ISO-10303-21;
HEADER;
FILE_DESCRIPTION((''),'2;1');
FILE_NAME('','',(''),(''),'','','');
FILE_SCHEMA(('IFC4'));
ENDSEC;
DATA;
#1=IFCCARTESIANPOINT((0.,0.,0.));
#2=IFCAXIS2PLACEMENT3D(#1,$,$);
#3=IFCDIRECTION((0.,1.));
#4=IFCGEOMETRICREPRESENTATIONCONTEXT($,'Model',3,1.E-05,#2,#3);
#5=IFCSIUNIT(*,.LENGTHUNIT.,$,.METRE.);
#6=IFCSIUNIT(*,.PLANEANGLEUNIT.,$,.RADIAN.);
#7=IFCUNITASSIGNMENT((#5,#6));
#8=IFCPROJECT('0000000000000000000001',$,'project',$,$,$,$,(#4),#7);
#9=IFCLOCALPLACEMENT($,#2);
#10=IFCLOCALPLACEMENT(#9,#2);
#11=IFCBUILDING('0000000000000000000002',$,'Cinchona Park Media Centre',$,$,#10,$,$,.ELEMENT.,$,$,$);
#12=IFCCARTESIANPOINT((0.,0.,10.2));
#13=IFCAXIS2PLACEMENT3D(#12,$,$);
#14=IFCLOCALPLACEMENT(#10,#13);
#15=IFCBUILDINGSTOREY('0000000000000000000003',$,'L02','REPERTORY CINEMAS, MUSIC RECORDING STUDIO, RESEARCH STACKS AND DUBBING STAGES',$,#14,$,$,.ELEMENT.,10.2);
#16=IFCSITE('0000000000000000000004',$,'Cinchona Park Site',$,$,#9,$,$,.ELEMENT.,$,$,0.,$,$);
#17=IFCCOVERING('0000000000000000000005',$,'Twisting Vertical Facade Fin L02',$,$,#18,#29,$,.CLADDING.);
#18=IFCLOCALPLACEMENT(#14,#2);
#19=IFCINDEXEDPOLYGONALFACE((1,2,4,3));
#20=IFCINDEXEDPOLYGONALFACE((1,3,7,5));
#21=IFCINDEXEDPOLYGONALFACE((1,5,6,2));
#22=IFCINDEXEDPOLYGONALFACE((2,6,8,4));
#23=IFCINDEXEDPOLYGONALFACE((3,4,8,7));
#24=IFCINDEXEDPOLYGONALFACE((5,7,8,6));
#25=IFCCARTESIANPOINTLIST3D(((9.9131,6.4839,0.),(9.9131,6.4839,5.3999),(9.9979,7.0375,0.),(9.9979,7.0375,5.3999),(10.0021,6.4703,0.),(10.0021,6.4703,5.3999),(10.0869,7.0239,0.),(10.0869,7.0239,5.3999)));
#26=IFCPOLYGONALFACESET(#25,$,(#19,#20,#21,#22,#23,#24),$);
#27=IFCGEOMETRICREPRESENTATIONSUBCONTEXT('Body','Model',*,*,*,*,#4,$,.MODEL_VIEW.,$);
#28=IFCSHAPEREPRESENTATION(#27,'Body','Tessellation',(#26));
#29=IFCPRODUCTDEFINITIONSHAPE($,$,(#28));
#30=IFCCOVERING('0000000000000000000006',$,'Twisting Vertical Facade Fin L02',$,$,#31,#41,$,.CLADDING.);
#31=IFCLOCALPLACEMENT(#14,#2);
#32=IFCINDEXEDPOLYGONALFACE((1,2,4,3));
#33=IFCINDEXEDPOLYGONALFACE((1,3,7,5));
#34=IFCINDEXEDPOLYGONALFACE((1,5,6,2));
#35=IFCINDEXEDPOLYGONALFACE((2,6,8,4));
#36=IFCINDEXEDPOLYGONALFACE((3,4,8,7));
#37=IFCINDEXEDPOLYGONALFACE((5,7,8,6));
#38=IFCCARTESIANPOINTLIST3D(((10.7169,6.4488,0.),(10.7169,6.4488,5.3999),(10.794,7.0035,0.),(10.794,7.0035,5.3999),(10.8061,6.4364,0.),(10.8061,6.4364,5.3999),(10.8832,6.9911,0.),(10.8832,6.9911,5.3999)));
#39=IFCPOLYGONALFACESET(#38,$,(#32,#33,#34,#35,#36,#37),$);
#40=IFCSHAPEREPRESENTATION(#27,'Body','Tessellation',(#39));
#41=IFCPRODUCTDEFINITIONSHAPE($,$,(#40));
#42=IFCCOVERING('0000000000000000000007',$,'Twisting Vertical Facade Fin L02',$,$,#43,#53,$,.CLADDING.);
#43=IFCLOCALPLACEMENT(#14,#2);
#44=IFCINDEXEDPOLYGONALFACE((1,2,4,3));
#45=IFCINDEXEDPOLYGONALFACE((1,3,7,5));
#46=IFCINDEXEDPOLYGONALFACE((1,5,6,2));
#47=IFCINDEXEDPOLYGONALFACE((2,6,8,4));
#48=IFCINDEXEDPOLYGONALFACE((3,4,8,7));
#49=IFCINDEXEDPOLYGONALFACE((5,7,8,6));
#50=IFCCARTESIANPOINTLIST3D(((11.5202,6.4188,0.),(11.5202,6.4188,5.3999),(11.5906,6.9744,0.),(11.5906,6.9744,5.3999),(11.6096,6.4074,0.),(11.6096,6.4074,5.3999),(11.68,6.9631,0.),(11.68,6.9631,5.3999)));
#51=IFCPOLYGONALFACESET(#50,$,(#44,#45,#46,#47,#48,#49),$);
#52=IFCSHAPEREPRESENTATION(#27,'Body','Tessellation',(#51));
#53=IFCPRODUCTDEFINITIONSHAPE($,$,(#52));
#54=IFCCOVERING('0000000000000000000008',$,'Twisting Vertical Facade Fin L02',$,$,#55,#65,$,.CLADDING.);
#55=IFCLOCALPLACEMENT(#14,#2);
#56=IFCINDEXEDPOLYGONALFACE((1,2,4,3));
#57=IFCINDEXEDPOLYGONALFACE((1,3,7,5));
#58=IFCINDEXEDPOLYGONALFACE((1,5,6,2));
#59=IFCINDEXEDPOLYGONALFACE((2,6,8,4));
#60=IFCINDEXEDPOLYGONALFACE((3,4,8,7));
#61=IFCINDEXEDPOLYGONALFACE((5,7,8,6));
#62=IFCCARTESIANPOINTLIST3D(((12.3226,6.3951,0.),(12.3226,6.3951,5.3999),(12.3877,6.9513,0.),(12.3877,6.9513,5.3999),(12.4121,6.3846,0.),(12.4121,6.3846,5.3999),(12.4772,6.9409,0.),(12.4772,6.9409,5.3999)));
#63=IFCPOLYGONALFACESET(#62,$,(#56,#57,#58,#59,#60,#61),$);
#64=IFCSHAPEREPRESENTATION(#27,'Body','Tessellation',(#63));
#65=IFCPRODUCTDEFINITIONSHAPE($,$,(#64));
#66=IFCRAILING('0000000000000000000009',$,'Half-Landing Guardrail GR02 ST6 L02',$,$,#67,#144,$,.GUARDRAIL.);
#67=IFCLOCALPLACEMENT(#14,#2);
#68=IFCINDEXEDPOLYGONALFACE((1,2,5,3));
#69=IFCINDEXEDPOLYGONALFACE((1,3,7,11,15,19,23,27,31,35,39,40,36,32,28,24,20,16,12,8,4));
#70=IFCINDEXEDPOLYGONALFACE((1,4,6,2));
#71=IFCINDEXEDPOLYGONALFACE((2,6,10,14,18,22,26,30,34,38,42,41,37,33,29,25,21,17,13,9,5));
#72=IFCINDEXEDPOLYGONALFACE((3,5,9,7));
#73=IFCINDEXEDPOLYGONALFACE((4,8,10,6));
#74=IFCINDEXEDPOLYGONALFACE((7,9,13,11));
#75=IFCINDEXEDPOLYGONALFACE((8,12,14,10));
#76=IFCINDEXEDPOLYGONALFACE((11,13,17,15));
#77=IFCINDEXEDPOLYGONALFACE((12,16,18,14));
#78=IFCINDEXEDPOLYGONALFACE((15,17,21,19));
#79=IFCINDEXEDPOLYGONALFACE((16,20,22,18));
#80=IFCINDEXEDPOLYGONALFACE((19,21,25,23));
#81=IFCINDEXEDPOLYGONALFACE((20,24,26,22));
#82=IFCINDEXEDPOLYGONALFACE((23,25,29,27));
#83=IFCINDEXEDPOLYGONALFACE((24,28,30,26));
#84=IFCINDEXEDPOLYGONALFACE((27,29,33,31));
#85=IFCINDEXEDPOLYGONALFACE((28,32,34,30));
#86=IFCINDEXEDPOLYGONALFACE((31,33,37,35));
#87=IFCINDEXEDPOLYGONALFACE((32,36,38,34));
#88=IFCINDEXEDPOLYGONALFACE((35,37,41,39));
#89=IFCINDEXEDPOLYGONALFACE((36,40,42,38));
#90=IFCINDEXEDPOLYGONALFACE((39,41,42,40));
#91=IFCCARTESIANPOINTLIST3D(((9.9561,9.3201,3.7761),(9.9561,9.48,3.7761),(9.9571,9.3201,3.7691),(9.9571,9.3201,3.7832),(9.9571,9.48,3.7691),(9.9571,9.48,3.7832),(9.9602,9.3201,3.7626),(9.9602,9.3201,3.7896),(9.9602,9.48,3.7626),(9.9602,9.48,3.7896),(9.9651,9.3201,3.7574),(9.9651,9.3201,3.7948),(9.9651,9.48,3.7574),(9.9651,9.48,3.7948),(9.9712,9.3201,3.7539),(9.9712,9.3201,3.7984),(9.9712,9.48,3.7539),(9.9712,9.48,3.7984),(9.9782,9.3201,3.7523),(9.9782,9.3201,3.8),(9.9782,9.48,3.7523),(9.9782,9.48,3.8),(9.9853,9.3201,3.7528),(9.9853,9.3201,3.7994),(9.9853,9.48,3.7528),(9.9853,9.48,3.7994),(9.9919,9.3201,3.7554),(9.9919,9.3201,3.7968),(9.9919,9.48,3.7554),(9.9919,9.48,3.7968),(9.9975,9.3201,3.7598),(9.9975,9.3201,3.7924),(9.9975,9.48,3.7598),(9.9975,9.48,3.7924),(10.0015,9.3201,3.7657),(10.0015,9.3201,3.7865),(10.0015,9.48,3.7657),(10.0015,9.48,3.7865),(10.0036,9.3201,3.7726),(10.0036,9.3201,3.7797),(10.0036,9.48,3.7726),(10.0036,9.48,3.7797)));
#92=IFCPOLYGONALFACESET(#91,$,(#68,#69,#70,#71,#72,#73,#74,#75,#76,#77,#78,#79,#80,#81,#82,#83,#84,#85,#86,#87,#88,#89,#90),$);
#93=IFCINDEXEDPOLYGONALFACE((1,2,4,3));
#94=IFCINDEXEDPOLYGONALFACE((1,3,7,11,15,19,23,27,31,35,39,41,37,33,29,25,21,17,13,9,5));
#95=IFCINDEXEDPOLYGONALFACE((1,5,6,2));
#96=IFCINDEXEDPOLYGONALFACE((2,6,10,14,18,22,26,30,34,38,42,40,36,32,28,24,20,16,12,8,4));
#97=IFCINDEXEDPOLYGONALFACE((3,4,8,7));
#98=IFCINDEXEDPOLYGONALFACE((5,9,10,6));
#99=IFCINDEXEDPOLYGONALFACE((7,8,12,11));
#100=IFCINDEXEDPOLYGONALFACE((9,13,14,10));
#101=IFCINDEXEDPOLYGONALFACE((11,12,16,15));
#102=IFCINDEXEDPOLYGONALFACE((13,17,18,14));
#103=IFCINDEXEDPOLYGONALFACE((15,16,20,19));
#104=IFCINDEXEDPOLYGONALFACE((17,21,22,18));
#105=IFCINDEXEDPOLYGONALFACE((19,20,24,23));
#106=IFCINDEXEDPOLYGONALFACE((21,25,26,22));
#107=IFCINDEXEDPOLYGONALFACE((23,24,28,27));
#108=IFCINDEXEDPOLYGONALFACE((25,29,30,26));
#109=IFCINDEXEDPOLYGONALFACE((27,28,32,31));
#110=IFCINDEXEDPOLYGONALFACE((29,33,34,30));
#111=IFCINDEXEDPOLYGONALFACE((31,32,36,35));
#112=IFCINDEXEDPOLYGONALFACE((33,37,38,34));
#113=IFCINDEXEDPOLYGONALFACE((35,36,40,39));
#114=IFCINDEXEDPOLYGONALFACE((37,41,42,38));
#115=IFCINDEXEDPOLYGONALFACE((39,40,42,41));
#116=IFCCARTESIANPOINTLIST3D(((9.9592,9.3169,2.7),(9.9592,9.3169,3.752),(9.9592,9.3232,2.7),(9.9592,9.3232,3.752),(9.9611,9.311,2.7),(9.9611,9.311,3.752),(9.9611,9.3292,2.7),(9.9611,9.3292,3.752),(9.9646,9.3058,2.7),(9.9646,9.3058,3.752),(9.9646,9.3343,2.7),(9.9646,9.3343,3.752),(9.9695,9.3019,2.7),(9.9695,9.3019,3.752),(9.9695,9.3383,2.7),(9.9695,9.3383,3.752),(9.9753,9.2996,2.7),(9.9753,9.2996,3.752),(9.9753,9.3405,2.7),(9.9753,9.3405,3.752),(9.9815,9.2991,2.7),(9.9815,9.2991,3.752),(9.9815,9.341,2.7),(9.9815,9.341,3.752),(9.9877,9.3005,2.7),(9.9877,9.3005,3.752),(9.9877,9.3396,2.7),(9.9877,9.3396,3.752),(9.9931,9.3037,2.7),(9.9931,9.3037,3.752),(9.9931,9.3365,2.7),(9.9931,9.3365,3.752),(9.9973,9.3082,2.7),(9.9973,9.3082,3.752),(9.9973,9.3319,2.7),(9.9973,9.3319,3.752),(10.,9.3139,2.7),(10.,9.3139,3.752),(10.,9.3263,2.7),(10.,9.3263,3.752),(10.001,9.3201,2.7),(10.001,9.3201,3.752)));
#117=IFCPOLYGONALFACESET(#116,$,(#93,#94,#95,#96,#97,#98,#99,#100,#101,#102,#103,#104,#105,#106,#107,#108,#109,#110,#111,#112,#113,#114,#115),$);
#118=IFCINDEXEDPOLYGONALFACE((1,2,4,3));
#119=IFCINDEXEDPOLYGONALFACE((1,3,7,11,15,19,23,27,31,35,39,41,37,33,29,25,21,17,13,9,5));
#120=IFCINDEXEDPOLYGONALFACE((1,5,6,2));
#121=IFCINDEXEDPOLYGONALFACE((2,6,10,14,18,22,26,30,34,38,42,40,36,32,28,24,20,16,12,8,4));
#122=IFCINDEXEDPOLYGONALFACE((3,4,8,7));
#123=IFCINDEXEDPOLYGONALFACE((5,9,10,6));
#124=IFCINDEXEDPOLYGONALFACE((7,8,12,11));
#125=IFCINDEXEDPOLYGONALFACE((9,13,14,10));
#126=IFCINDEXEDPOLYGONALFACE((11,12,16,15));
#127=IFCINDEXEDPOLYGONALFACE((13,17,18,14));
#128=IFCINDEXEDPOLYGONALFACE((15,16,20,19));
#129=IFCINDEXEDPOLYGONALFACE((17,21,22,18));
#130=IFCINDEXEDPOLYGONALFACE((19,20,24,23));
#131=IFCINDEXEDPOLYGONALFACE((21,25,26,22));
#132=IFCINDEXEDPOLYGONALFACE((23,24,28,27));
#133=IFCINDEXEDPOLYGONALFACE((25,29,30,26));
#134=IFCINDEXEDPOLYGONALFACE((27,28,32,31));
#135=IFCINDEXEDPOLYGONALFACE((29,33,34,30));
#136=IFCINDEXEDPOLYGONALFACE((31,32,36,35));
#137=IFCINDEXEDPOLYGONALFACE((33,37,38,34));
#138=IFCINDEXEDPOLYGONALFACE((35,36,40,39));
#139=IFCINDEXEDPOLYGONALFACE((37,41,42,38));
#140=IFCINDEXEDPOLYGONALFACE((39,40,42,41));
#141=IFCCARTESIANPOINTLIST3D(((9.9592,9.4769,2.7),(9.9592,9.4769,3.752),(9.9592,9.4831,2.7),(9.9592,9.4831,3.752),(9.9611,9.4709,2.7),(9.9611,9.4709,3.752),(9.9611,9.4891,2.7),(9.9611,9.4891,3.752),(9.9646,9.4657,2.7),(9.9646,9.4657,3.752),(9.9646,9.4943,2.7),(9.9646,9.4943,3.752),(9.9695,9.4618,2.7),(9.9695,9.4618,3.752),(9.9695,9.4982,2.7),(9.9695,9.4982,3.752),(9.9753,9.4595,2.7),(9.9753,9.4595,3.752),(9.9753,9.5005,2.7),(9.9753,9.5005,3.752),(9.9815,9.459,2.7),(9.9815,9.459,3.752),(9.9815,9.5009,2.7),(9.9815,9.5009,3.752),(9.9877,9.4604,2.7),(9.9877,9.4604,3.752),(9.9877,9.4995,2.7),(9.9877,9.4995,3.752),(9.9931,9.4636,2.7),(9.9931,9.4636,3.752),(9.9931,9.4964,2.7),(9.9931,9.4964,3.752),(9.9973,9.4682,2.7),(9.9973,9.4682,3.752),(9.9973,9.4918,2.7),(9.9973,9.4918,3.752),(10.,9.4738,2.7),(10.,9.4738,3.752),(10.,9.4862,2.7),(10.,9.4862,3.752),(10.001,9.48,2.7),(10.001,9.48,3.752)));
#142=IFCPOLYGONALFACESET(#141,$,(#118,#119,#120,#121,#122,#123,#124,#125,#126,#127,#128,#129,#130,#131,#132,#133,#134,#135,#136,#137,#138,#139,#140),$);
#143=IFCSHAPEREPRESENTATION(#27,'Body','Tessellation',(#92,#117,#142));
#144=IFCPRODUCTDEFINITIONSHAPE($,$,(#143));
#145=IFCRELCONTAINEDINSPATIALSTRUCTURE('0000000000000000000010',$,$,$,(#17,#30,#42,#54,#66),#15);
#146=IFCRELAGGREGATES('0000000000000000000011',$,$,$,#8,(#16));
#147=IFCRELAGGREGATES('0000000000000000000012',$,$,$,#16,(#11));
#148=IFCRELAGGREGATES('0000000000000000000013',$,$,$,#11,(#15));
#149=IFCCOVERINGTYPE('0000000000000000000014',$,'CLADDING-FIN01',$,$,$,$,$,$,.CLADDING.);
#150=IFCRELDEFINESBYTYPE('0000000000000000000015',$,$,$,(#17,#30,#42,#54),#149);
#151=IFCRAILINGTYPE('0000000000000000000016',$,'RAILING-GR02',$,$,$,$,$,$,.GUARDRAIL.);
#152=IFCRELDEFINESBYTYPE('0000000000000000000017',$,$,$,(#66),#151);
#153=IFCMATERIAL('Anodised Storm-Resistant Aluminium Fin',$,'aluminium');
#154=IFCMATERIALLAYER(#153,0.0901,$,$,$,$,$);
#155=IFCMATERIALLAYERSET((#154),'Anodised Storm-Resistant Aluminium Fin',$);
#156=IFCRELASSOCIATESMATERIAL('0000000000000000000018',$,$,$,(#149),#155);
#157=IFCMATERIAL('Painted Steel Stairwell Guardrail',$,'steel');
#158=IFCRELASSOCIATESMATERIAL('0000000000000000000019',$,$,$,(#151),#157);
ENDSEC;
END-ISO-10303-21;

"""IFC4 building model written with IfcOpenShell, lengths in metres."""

from ifc_helpers import new_model, si_unit, direction, frame, origin, origin_2d, place, context, subcontext, project, spatial, rectangle, circle, extrude, material, layer, layer_set, type_object, element, save


model = new_model("IFC4")

# Units and contexts
model_context = context("Model", 3, precision=1e-05, world=origin(), true_north=direction((0.0, 1.0)))
body_context = subcontext(model_context, "Body", "Model", "MODEL_VIEW")
ifc_project = project(units=[si_unit("LENGTHUNIT", "METRE"), si_unit("PLANEANGLEUNIT", "RADIAN")], contexts=[model_context])

# Site, building, storey
site_placement = place(None, origin())
site = spatial("IfcSite", under=ifc_project, at=site_placement, Name="Cinchona Park Site", CompositionType="ELEMENT", RefElevation=0.0)
building_placement = place(site_placement, origin())
building = spatial("IfcBuilding", under=site, at=building_placement, Name="Cinchona Park Media Centre", CompositionType="ELEMENT")
storey_placement = place(building_placement, frame((0.0, 0.0, 10.2)))
storey = spatial("IfcBuildingStorey", under=building, at=storey_placement, Name="L02", Description="REPERTORY CINEMAS, MUSIC RECORDING STUDIO, RESEARCH STACKS AND DUBBING STAGES", CompositionType="ELEMENT", Elevation=10.2)

# Coverings
ifc_material_1 = material(Name="Anodised Storm-Resistant Aluminium Fin", Category="aluminium")
ifc_layer_1 = layer(ifc_material_1, 0.0901)
ifc_layer_set_1 = layer_set([ifc_layer_1], Name="Anodised Storm-Resistant Aluminium Fin")
covering_type = type_object("IfcCoveringType", Name="CLADDING-FIN01", PredefinedType="CLADDING", material=ifc_layer_set_1)
for number, where, z_axis, x_axis, name in (
    (1, (10.0, 6.7539, 0.0), (0.0, 0.0, 1.0), (0.151433, 0.988467, 0.0), "Twisting Vertical Facade Fin L02"),
    (2, (10.8, 6.72, 0.0), (0.0, 0.0, 1.0), (0.137617, 0.990485, 0.0), "Twisting Vertical Facade Fin L02"),
    (3, (11.6001, 6.6909, 0.0), (0.0, 0.0, 1.0), (0.12568, 0.992071, 0.0), "Twisting Vertical Facade Fin L02"),
    (4, (12.3999, 6.668, 0.0), (0.0, 0.0, 1.0), (0.116151, 0.993232, 0.0), "Twisting Vertical Facade Fin L02"),
):
    element("IfcCovering", number, at=place(storey_placement, frame(where, z_axis=z_axis, x_axis=x_axis)), inside=storey, type_object=covering_type, Name=name, PredefinedType="CLADDING", context=body_context, shape_type="SweptSolid", body=[
        extrude(rectangle(XDim=0.5601, YDim=0.0901, at=origin_2d()), origin(), (0.0, 0.0, 1.0), 5.3999),
    ])

# Railing
ifc_material_2 = material(Name="Painted Steel Stairwell Guardrail", Category="steel")
railing_type_1 = type_object("IfcRailingType", Name="RAILING-GR02", PredefinedType="GUARDRAIL", material=ifc_material_2)
railing_1_placement = place(storey_placement, frame((9.98, 9.3201, 2.7)))
element("IfcRailing", 5, at=railing_1_placement, inside=storey, type_object=railing_type_1, Name="Half-Landing Guardrail GR02 ST6 L02", PredefinedType="GUARDRAIL", context=body_context, shape_type="SweptSolid", body=[
    extrude(circle(Radius=0.0239, at=origin_2d()), frame((0.0, 0.0, 1.0762), z_axis=(0.0, 1.0, 0.0), x_axis=(-1.0, 0.0, 0.0)), (0.0, 0.0, 1.0), 0.1599),
    extrude(circle(Radius=0.021, at=origin_2d()), origin(), (0.0, 0.0, 1.0), 1.052),
    extrude(circle(Radius=0.021, at=origin_2d()), frame((0.0, 0.1599, 0.0)), (0.0, 0.0, 1.0), 1.052),
])

save(model, "model.ifc")
